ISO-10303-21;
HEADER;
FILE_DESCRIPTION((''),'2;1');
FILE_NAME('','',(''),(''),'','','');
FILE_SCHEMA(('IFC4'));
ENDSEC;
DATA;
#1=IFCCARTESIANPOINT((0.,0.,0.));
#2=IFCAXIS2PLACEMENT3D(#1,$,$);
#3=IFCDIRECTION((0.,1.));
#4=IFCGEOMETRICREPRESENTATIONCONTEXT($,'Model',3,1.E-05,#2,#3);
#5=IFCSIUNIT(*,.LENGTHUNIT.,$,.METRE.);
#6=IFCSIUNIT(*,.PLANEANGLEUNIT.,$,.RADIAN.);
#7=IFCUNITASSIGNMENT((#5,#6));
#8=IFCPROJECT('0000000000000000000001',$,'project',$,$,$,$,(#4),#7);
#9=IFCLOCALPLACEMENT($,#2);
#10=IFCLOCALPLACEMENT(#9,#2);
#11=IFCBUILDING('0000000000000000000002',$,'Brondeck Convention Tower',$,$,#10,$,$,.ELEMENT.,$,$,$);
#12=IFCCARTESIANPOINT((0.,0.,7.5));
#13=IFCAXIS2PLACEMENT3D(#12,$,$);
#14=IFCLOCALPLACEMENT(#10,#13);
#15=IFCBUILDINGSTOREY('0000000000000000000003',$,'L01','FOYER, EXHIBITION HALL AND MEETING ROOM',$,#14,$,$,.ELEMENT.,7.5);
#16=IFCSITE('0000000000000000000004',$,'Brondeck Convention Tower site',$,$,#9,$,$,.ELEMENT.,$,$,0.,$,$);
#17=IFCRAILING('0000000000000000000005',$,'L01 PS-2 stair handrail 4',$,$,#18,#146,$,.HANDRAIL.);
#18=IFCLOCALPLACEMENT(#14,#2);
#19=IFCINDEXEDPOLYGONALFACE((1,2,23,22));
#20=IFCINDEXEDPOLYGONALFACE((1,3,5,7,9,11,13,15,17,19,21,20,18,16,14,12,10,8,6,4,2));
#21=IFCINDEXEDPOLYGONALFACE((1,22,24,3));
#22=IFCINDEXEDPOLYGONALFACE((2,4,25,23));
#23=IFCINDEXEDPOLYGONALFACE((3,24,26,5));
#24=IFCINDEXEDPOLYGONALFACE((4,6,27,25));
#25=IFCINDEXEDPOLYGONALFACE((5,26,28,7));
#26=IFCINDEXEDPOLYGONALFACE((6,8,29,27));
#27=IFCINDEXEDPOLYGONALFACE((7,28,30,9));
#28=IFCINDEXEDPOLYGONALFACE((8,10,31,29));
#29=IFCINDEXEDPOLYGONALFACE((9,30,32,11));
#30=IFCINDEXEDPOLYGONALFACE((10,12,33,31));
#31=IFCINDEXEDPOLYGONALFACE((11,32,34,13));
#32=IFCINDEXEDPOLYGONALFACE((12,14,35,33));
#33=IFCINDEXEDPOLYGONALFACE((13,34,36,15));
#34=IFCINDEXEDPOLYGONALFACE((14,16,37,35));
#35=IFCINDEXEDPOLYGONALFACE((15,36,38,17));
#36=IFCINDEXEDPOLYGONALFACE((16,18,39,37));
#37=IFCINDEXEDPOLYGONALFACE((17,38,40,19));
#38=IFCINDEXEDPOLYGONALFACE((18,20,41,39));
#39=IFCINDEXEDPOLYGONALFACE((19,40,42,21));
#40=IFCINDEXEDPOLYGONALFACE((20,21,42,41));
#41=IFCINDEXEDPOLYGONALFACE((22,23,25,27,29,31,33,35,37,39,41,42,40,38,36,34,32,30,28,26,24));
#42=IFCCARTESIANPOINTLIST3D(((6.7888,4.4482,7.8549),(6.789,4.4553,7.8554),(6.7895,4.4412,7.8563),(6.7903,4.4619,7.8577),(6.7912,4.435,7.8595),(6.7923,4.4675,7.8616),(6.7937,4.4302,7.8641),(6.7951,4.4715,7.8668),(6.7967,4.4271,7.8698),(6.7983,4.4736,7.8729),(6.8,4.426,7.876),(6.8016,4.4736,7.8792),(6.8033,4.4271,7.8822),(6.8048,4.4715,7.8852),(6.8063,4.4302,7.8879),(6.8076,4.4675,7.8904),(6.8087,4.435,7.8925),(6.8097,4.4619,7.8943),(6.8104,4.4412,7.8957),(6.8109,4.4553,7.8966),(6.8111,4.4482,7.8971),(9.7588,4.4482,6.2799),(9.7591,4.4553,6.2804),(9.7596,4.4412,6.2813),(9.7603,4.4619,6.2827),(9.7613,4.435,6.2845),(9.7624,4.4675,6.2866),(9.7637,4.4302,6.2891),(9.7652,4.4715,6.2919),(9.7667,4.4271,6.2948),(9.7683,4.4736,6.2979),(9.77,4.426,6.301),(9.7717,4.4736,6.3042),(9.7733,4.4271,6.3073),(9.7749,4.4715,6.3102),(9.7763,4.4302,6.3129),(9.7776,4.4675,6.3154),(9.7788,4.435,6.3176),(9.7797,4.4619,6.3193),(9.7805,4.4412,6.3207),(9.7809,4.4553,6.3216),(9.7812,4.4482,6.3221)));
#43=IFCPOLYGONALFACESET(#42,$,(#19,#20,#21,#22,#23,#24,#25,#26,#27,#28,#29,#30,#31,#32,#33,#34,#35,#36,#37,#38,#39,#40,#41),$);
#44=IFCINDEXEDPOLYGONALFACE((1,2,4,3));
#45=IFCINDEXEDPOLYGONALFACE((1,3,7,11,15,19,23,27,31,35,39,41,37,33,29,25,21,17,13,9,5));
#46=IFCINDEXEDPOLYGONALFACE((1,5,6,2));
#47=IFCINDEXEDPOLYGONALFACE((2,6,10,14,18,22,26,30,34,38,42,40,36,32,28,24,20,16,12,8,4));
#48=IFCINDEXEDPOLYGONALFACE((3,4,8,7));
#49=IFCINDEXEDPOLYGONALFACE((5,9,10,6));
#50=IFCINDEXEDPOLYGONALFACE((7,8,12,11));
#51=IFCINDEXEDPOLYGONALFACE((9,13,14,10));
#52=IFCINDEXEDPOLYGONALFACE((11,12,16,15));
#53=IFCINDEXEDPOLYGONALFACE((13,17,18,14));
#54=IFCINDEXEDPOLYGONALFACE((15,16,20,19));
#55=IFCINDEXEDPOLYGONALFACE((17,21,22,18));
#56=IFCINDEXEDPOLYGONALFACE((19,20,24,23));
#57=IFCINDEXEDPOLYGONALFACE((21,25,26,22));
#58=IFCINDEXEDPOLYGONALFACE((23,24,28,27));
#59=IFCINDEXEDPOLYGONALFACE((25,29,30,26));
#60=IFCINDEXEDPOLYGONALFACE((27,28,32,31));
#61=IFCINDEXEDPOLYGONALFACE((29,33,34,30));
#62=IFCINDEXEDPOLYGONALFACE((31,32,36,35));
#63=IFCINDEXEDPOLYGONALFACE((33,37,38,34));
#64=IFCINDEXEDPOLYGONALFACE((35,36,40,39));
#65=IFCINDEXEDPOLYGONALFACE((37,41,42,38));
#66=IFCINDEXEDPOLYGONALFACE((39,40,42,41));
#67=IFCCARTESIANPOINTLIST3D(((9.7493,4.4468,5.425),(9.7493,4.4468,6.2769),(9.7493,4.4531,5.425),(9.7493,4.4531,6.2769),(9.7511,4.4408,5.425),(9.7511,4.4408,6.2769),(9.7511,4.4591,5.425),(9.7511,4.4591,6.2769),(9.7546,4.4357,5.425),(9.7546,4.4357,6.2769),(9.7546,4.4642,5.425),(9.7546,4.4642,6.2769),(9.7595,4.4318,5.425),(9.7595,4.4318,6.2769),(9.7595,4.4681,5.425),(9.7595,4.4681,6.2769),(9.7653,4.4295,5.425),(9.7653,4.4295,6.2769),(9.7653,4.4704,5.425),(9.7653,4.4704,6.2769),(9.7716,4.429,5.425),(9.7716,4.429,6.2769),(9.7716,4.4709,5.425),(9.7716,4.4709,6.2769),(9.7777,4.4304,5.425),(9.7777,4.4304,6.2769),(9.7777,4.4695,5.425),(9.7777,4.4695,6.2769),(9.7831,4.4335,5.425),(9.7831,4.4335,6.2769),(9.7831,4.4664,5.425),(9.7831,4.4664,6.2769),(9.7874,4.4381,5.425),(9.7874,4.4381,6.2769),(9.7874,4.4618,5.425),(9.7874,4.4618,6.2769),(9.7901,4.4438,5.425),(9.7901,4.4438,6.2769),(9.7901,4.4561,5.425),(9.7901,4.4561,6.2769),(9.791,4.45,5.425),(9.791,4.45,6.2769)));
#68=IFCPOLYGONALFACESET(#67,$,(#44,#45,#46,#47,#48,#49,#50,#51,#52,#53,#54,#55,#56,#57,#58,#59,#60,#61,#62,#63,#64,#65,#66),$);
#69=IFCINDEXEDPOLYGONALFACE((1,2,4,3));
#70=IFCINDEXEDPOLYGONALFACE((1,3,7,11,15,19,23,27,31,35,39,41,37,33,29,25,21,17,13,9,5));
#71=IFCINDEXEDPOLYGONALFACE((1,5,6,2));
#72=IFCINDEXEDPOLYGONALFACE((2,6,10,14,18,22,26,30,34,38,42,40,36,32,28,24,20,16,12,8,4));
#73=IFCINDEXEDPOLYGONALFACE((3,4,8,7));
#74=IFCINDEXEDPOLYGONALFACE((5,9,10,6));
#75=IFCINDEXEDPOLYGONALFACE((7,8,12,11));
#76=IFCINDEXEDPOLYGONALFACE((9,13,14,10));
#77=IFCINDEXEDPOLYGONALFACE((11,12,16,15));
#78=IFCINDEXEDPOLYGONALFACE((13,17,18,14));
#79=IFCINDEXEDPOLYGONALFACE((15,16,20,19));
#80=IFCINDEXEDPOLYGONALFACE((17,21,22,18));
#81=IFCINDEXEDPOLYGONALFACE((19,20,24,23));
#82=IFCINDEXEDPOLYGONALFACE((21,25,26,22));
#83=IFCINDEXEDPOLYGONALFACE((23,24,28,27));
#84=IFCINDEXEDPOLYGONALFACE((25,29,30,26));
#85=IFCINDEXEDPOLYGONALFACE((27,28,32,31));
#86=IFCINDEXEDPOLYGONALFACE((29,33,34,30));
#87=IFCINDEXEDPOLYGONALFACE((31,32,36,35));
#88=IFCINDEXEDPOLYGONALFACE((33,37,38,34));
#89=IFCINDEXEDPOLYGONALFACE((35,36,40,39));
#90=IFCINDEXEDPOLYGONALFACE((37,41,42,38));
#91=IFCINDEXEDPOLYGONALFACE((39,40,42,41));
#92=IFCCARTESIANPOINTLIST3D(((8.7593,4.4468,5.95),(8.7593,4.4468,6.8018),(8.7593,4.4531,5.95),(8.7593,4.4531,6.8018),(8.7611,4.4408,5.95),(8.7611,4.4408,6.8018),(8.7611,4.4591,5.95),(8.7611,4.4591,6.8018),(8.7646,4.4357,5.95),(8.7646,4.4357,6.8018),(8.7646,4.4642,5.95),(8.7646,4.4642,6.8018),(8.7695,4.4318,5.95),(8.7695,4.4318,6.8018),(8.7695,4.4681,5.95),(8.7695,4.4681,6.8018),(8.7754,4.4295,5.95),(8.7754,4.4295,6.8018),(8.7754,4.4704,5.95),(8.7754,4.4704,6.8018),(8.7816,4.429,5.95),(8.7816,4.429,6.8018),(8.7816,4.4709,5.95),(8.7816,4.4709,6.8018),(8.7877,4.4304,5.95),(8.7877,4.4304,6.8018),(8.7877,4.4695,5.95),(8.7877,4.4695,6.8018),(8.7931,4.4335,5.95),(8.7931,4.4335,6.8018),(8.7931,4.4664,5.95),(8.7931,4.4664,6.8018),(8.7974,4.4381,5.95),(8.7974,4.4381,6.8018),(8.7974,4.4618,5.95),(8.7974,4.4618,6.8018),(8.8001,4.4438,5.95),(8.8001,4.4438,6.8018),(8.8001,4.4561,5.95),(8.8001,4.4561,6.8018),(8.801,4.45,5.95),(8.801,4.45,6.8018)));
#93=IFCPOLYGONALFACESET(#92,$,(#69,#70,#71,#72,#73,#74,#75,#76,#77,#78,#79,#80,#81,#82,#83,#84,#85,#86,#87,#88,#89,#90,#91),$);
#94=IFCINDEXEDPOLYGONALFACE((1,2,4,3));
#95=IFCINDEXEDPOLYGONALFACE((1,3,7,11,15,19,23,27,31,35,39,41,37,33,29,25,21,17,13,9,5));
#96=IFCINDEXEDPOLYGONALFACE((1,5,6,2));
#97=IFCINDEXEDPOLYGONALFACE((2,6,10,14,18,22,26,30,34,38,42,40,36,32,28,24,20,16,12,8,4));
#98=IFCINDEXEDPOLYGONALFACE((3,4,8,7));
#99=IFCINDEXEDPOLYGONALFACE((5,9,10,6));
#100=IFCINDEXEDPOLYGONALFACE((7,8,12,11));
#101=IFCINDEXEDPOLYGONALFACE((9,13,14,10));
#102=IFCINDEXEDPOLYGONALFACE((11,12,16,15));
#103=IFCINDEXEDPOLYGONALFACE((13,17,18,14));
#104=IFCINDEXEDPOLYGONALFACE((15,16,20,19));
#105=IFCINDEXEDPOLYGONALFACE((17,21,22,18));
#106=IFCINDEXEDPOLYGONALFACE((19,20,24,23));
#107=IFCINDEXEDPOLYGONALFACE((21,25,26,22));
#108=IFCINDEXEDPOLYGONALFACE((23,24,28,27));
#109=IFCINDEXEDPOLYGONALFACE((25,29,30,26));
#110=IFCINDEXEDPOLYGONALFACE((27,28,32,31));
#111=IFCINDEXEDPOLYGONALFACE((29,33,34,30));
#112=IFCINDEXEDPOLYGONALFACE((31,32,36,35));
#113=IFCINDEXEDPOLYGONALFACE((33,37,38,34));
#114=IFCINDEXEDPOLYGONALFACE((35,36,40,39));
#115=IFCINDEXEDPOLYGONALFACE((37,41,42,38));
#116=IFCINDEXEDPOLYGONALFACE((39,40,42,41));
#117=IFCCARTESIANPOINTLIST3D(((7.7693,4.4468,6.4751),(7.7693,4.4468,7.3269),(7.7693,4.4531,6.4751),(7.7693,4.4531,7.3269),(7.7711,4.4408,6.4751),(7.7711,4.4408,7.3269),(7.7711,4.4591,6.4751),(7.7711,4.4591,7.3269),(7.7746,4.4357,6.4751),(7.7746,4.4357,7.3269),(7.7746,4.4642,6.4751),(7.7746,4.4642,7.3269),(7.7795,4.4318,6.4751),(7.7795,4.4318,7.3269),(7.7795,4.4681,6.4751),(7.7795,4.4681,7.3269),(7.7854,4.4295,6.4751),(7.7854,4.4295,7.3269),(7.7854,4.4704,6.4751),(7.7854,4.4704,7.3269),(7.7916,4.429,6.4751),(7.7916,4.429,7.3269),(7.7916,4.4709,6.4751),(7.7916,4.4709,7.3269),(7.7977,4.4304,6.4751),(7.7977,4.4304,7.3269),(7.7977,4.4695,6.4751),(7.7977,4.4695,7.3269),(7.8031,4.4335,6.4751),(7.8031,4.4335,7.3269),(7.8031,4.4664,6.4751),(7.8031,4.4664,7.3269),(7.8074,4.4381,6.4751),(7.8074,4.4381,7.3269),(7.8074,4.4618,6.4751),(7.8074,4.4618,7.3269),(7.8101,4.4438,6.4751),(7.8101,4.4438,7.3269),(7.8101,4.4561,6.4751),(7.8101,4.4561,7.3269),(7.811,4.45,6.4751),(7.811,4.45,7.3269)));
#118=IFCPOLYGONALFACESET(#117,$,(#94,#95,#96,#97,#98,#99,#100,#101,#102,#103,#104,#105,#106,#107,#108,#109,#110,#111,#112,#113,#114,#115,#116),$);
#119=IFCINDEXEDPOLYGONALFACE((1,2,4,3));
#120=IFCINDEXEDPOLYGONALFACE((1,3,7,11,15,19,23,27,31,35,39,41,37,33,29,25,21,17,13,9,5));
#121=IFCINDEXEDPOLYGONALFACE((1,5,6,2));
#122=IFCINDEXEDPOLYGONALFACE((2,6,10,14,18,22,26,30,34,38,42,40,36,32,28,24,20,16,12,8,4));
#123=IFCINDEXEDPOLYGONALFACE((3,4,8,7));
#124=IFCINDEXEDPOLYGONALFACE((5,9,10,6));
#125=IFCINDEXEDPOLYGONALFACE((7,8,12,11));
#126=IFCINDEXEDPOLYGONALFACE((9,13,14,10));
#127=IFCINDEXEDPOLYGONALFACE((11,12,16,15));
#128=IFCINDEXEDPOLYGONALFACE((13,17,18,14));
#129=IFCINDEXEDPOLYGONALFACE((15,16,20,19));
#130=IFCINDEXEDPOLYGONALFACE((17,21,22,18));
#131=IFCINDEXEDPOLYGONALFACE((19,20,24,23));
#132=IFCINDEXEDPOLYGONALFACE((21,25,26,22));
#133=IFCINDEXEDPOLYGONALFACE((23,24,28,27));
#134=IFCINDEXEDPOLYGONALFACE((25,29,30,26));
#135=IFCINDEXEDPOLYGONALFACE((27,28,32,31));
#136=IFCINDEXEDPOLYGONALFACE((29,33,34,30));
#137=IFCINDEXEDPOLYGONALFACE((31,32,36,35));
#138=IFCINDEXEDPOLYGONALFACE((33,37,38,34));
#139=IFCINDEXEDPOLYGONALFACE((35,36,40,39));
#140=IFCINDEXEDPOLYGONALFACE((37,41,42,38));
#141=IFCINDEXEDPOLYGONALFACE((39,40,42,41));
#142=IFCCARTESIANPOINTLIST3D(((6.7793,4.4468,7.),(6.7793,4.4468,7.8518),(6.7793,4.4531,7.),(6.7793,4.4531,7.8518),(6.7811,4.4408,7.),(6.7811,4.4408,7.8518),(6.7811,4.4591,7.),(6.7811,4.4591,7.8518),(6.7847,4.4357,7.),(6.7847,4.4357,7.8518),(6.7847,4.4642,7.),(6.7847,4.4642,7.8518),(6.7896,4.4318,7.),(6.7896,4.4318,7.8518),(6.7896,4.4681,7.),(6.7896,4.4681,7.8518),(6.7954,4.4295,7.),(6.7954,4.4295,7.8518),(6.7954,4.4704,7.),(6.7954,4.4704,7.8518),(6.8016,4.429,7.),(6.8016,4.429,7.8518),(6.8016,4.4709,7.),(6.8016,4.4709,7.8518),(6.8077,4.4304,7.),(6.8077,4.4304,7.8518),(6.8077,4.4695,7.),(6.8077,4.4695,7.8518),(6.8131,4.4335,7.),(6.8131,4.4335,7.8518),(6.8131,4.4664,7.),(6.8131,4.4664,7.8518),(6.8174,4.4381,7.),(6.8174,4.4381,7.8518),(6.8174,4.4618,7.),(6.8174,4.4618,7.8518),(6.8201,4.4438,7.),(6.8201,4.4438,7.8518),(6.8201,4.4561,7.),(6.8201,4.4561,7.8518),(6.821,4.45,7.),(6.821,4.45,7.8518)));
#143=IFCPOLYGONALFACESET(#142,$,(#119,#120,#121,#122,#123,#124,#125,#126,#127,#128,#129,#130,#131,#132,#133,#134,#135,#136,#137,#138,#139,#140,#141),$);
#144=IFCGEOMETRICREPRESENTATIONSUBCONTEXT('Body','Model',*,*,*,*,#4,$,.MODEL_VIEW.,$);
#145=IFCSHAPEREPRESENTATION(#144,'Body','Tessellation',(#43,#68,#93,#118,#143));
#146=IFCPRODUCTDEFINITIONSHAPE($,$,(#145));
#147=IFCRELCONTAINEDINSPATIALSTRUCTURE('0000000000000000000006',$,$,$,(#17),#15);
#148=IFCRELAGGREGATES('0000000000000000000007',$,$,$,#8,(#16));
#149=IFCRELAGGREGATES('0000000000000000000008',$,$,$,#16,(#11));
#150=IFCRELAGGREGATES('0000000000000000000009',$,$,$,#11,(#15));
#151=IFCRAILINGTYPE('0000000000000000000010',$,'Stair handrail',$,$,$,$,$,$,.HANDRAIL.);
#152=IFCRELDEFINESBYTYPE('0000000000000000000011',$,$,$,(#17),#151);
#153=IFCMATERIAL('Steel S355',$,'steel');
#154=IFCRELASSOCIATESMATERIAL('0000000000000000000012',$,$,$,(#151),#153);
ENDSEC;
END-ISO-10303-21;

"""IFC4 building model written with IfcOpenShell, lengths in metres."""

from ifc_helpers import new_model, si_unit, direction, frame, origin, origin_2d, place, context, subcontext, project, spatial, circle, extrude, material, type_object, element, save


model = new_model("IFC4")

# Units and contexts
model_context = context("Model", 3, precision=1e-05, world=origin(), true_north=direction((0.0, 1.0)))
body_context = subcontext(model_context, "Body", "Model", "MODEL_VIEW")
ifc_project = project(units=[si_unit("LENGTHUNIT", "METRE"), si_unit("PLANEANGLEUNIT", "RADIAN")], contexts=[model_context])

# Site, building, storey
site_placement = place(None, origin())
site = spatial("IfcSite", under=ifc_project, at=site_placement, Name="Brondeck Convention Tower site", CompositionType="ELEMENT", RefElevation=0.0)
building_placement = place(site_placement, origin())
building = spatial("IfcBuilding", under=site, at=building_placement, Name="Brondeck Convention Tower", CompositionType="ELEMENT")
storey_placement = place(building_placement, frame((0.0, 0.0, 7.5)))
storey = spatial("IfcBuildingStorey", under=building, at=storey_placement, Name="L01", Description="FOYER, EXHIBITION HALL AND MEETING ROOM", CompositionType="ELEMENT", Elevation=7.5)

# Railing
ifc_material_1 = material(Name="Steel S355", Category="steel")
railing_type_1 = type_object("IfcRailingType", Name="Stair handrail", PredefinedType="HANDRAIL", material=ifc_material_1)
railing_1_placement = place(storey_placement, frame((9.77, 4.45, 5.425)))
element("IfcRailing", 1, at=railing_1_placement, inside=storey, type_object=railing_type_1, Name="L01 PS-2 stair handrail 4", PredefinedType="HANDRAIL", context=body_context, shape_type="SweptSolid", body=[
    extrude(circle(Radius=0.0239, at=origin_2d()), frame((0.0, 0.0, 0.876), z_axis=(-0.883466, 0.0, 0.468495), x_axis=(0.0, -1.0, 0.0)), (0.0, 0.0, 1.0), 3.3618),
    extrude(circle(Radius=0.021, at=origin_2d()), origin(), (0.0, 0.0, 1.0), 0.8518),
    extrude(circle(Radius=0.021, at=origin_2d()), frame((-0.99, 0.0, 0.5249)), (0.0, 0.0, 1.0), 0.8518),
    extrude(circle(Radius=0.021, at=origin_2d()), frame((-1.98, 0.0, 1.05)), (0.0, 0.0, 1.0), 0.8518),
    extrude(circle(Radius=0.021, at=origin_2d()), frame((-2.97, 0.0, 1.575)), (0.0, 0.0, 1.0), 0.8518),
])

save(model, "model.ifc")
